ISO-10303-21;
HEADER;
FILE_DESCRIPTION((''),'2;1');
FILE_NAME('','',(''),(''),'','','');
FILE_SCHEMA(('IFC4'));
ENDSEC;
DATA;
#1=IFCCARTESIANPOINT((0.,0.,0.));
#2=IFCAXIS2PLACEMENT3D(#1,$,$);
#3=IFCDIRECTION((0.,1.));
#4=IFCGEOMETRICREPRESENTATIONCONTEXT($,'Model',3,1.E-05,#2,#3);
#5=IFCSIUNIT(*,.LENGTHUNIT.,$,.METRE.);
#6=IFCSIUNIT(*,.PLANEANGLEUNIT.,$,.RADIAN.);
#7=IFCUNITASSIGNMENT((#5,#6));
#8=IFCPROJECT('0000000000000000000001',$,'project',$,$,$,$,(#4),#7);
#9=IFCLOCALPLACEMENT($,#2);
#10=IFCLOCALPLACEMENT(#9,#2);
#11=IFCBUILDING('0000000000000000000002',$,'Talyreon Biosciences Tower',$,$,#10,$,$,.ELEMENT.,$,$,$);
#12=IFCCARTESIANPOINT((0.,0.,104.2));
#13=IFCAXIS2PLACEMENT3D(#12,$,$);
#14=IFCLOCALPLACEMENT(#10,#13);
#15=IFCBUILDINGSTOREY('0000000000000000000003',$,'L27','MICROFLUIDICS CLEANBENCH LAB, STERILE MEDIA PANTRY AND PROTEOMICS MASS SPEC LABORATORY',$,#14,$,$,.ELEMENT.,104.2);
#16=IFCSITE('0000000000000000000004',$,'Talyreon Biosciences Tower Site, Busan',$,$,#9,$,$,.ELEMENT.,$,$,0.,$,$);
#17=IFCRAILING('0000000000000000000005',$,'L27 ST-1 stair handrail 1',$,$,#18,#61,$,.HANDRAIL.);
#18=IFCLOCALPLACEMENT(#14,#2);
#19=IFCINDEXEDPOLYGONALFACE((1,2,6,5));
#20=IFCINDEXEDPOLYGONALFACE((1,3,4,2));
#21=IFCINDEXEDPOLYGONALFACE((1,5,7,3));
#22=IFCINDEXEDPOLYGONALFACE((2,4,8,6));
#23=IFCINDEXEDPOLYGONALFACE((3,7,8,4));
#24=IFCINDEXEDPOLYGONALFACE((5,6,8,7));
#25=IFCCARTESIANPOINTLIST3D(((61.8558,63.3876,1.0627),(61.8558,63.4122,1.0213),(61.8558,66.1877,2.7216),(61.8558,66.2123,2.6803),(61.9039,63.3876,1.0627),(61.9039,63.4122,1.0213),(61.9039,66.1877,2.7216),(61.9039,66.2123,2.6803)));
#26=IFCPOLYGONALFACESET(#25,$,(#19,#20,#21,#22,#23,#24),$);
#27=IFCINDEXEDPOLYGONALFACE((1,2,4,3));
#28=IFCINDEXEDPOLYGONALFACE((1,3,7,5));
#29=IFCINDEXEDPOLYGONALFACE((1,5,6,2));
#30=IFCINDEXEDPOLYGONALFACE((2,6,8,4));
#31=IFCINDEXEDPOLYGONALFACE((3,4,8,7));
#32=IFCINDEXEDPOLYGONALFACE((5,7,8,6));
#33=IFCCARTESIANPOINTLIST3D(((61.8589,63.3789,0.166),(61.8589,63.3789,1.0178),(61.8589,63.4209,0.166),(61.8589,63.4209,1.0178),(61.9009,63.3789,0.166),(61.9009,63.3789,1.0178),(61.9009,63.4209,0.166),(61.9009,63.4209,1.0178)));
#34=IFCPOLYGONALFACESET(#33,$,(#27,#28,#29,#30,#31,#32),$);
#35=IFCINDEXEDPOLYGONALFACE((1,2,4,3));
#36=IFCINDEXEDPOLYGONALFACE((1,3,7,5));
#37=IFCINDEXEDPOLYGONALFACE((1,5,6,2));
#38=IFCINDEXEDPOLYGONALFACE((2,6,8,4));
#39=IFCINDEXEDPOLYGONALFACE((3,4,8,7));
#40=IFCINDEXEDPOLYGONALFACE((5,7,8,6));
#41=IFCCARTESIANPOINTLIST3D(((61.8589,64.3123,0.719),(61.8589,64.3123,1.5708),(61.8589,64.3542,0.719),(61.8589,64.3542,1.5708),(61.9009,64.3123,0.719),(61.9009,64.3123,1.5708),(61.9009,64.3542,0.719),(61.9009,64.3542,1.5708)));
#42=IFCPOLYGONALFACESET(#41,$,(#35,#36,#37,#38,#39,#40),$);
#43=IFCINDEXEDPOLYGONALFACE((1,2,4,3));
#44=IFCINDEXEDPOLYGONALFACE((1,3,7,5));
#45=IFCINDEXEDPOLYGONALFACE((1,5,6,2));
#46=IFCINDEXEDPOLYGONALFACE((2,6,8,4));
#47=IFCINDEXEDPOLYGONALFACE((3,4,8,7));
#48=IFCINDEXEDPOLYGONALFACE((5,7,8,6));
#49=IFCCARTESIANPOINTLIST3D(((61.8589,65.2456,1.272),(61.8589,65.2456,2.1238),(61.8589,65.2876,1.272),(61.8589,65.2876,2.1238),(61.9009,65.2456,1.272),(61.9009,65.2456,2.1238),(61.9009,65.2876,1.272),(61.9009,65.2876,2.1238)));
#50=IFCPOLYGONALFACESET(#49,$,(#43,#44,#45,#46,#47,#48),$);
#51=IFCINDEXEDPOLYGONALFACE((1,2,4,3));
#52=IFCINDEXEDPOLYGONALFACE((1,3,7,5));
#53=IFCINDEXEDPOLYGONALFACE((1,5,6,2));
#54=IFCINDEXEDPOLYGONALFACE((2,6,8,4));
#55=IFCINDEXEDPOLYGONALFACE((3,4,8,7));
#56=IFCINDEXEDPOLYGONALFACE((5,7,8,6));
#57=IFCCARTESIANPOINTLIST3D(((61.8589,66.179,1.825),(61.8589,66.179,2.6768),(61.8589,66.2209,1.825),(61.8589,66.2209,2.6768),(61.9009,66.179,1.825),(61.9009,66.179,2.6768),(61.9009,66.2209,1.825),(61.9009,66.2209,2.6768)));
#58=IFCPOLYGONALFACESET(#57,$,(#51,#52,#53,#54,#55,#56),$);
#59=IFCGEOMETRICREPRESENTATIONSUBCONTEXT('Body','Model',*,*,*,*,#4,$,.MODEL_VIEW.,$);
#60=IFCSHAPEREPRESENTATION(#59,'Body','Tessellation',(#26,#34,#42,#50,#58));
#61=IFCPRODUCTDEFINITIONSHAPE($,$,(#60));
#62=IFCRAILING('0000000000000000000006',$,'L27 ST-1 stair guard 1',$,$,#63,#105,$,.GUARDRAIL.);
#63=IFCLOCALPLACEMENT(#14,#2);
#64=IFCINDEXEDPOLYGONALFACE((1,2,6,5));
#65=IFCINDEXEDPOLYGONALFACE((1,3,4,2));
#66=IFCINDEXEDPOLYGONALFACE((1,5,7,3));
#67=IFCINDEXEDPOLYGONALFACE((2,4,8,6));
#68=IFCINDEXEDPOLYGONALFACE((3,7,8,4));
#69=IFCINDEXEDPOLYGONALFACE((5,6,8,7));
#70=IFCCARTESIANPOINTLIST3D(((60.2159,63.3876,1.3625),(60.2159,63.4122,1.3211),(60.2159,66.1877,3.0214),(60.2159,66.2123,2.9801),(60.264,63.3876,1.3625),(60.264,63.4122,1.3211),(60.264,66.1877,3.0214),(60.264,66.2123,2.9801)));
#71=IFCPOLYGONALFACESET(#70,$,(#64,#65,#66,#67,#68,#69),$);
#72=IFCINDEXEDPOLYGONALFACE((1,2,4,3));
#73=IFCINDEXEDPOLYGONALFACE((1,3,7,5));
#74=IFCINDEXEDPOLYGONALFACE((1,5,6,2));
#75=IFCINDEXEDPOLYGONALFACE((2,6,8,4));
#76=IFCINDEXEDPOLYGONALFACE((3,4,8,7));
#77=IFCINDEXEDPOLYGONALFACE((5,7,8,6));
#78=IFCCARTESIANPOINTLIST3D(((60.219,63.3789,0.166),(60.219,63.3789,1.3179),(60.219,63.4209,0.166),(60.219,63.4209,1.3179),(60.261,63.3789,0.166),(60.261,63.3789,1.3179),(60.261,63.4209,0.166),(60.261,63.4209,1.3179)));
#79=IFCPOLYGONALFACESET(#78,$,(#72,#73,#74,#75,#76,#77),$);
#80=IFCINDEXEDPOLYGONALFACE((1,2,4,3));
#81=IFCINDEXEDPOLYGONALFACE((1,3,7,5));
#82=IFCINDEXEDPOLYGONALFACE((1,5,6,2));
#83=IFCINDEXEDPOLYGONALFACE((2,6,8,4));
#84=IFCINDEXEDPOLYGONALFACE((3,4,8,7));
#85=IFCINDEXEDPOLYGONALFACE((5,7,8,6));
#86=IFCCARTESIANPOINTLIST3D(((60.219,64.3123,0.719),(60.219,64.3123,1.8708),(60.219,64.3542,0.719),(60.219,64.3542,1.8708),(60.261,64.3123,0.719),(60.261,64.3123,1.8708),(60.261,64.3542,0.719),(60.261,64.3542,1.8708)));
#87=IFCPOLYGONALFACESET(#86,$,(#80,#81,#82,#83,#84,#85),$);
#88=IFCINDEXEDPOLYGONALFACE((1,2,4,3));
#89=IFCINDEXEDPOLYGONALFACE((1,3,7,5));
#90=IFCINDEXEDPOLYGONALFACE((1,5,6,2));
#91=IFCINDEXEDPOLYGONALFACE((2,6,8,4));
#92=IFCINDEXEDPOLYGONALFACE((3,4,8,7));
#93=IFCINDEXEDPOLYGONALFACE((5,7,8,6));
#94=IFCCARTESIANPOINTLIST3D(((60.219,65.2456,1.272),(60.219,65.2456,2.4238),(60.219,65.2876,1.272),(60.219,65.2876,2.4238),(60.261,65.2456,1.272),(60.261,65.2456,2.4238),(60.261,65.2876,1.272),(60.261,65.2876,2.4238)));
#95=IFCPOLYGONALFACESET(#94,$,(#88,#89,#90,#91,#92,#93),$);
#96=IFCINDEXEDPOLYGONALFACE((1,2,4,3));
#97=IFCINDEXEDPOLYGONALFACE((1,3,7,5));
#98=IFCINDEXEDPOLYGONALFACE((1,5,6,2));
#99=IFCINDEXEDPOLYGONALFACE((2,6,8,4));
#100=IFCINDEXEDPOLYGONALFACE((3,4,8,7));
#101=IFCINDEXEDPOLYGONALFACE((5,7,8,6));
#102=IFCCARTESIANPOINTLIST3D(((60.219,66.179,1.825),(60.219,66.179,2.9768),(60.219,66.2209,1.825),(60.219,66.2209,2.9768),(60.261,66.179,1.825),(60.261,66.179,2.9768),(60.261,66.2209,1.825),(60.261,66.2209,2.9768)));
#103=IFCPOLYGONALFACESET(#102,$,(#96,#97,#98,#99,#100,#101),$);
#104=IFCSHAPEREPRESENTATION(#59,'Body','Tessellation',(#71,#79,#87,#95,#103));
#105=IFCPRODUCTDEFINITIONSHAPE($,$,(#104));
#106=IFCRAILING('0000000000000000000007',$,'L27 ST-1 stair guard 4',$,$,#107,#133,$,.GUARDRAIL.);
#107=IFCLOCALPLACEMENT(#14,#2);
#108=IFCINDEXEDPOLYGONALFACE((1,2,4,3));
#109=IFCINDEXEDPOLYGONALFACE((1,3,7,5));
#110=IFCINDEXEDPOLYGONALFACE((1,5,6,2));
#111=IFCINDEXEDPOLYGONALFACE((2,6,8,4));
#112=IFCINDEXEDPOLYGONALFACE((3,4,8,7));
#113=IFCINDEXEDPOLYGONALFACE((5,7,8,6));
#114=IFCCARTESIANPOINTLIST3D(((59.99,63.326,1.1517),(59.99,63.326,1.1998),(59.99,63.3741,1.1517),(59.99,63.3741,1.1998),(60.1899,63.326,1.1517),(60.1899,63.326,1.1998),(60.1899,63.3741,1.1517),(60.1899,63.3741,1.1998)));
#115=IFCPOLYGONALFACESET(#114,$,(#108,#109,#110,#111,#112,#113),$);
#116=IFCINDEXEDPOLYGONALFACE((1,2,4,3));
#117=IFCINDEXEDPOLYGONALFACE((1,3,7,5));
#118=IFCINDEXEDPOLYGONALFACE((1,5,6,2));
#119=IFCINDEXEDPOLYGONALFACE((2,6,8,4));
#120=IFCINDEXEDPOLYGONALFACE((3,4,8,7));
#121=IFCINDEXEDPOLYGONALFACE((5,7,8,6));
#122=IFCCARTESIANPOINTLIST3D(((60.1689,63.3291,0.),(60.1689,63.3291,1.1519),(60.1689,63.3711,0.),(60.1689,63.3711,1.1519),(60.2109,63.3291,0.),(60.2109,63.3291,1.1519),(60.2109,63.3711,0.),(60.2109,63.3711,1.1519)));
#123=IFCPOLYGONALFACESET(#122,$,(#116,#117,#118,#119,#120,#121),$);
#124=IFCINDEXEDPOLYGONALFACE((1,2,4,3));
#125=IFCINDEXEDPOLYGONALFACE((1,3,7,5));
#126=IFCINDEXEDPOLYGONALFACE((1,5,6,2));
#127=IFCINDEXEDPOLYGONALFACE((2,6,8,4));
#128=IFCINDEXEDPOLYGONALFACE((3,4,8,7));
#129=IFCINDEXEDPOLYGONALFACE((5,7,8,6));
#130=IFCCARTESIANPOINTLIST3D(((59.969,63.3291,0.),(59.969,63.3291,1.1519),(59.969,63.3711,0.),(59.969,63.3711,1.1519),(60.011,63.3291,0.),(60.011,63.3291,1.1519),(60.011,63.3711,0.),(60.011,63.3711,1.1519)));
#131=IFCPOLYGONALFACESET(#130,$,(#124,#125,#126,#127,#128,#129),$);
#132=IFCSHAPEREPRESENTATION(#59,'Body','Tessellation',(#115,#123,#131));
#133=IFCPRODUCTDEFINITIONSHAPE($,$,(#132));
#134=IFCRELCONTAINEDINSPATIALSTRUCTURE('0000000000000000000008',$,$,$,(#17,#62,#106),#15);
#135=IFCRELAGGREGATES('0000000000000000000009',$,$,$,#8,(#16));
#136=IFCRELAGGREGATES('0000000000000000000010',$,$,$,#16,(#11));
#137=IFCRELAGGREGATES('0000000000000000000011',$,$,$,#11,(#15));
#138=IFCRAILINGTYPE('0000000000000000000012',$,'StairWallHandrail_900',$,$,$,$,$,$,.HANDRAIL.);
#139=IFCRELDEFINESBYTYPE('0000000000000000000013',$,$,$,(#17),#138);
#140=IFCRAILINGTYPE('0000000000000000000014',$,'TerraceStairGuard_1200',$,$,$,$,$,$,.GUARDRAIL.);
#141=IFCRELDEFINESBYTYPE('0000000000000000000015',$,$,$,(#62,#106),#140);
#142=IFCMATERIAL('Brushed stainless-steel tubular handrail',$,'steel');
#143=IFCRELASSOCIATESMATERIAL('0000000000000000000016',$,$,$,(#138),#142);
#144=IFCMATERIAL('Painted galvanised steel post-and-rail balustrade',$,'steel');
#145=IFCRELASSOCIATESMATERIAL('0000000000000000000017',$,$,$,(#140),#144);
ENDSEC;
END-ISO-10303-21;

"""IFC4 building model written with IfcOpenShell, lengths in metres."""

from ifc_helpers import new_model, si_unit, direction, frame, origin, origin_2d, place, context, subcontext, project, spatial, rectangle, extrude, material, type_object, element, save


model = new_model("IFC4")

# Units and contexts
model_context = context("Model", 3, precision=1e-05, world=origin(), true_north=direction((0.0, 1.0)))
body_context = subcontext(model_context, "Body", "Model", "MODEL_VIEW")
ifc_project = project(units=[si_unit("LENGTHUNIT", "METRE"), si_unit("PLANEANGLEUNIT", "RADIAN")], contexts=[model_context])

# Site, building, storey
site_placement = place(None, origin())
site = spatial("IfcSite", under=ifc_project, at=site_placement, Name="Talyreon Biosciences Tower Site, Busan", CompositionType="ELEMENT", RefElevation=0.0)
building_placement = place(site_placement, origin())
building = spatial("IfcBuilding", under=site, at=building_placement, Name="Talyreon Biosciences Tower", CompositionType="ELEMENT")
storey_placement = place(building_placement, frame((0.0, 0.0, 104.2)))
storey = spatial("IfcBuildingStorey", under=building, at=storey_placement, Name="L27", Description="MICROFLUIDICS CLEANBENCH LAB, STERILE MEDIA PANTRY AND PROTEOMICS MASS SPEC LABORATORY", CompositionType="ELEMENT", Elevation=104.2)

# Railings
ifc_material_1 = material(Name="Brushed stainless-steel tubular handrail", Category="steel")
railing_type_1 = type_object("IfcRailingType", Name="StairWallHandrail_900", PredefinedType="HANDRAIL", material=ifc_material_1)
railing_1_placement = place(storey_placement, frame((61.8799, 63.3999, 0.166)))
element("IfcRailing", 1, at=railing_1_placement, inside=storey, type_object=railing_type_1, Name="L27 ST-1 stair handrail 1", PredefinedType="HANDRAIL", context=body_context, shape_type="SweptSolid", body=[
    extrude(rectangle(XDim=0.0481, YDim=0.0481, at=origin_2d()), frame((0.0, 0.0, 0.876), z_axis=(0.0, 0.860339, 0.509722), x_axis=(-1.0, 0.0, 0.0)), (0.0, 0.0, 1.0), 3.2546),
    extrude(rectangle(XDim=0.042, YDim=0.042, at=origin_2d()), origin(), (0.0, 0.0, 1.0), 0.8518),
    extrude(rectangle(XDim=0.042, YDim=0.042, at=origin_2d()), frame((0.0, 0.9333, 0.553)), (0.0, 0.0, 1.0), 0.8518),
    extrude(rectangle(XDim=0.042, YDim=0.042, at=origin_2d()), frame((0.0, 1.8667, 1.106)), (0.0, 0.0, 1.0), 0.8518),
    extrude(rectangle(XDim=0.042, YDim=0.042, at=origin_2d()), frame((0.0, 2.8, 1.6589)), (0.0, 0.0, 1.0), 0.8518),
])
ifc_material_2 = material(Name="Painted galvanised steel post-and-rail balustrade", Category="steel")
railing_type_2 = type_object("IfcRailingType", Name="TerraceStairGuard_1200", PredefinedType="GUARDRAIL", material=ifc_material_2)
railing_2_placement = place(storey_placement, frame((60.24, 63.3999, 0.166)))
element("IfcRailing", 2, at=railing_2_placement, inside=storey, type_object=railing_type_2, Name="L27 ST-1 stair guard 1", PredefinedType="GUARDRAIL", context=body_context, shape_type="SweptSolid", body=[
    extrude(rectangle(XDim=0.0481, YDim=0.0481, at=origin_2d()), frame((0.0, 0.0, 1.1758), z_axis=(0.0, 0.860339, 0.509722), x_axis=(-1.0, 0.0, 0.0)), (0.0, 0.0, 1.0), 3.2546),
    extrude(rectangle(XDim=0.042, YDim=0.042, at=origin_2d()), origin(), (0.0, 0.0, 1.0), 1.1519),
    extrude(rectangle(XDim=0.042, YDim=0.042, at=origin_2d()), frame((0.0, 0.9333, 0.553)), (0.0, 0.0, 1.0), 1.1519),
    extrude(rectangle(XDim=0.042, YDim=0.042, at=origin_2d()), frame((0.0, 1.8667, 1.106)), (0.0, 0.0, 1.0), 1.1519),
    extrude(rectangle(XDim=0.042, YDim=0.042, at=origin_2d()), frame((0.0, 2.8, 1.6589)), (0.0, 0.0, 1.0), 1.1519),
])
railing_3_placement = place(storey_placement, frame((60.1899, 63.3501, 0.0)))
element("IfcRailing", 3, at=railing_3_placement, inside=storey, type_object=railing_type_2, Name="L27 ST-1 stair guard 4", PredefinedType="GUARDRAIL", context=body_context, shape_type="SweptSolid", body=[
    extrude(rectangle(XDim=0.0481, YDim=0.0481, at=origin_2d()), frame((0.0, 0.0, 1.1758), z_axis=(-1.0, 0.0, 0.0), x_axis=(0.0, -1.0, 0.0)), (0.0, 0.0, 1.0), 0.2),
    extrude(rectangle(XDim=0.042, YDim=0.042, at=origin_2d()), origin(), (0.0, 0.0, 1.0), 1.1519),
    extrude(rectangle(XDim=0.042, YDim=0.042, at=origin_2d()), frame((-0.2, 0.0, 0.0)), (0.0, 0.0, 1.0), 1.1519),
])

save(model, "model.ifc")
